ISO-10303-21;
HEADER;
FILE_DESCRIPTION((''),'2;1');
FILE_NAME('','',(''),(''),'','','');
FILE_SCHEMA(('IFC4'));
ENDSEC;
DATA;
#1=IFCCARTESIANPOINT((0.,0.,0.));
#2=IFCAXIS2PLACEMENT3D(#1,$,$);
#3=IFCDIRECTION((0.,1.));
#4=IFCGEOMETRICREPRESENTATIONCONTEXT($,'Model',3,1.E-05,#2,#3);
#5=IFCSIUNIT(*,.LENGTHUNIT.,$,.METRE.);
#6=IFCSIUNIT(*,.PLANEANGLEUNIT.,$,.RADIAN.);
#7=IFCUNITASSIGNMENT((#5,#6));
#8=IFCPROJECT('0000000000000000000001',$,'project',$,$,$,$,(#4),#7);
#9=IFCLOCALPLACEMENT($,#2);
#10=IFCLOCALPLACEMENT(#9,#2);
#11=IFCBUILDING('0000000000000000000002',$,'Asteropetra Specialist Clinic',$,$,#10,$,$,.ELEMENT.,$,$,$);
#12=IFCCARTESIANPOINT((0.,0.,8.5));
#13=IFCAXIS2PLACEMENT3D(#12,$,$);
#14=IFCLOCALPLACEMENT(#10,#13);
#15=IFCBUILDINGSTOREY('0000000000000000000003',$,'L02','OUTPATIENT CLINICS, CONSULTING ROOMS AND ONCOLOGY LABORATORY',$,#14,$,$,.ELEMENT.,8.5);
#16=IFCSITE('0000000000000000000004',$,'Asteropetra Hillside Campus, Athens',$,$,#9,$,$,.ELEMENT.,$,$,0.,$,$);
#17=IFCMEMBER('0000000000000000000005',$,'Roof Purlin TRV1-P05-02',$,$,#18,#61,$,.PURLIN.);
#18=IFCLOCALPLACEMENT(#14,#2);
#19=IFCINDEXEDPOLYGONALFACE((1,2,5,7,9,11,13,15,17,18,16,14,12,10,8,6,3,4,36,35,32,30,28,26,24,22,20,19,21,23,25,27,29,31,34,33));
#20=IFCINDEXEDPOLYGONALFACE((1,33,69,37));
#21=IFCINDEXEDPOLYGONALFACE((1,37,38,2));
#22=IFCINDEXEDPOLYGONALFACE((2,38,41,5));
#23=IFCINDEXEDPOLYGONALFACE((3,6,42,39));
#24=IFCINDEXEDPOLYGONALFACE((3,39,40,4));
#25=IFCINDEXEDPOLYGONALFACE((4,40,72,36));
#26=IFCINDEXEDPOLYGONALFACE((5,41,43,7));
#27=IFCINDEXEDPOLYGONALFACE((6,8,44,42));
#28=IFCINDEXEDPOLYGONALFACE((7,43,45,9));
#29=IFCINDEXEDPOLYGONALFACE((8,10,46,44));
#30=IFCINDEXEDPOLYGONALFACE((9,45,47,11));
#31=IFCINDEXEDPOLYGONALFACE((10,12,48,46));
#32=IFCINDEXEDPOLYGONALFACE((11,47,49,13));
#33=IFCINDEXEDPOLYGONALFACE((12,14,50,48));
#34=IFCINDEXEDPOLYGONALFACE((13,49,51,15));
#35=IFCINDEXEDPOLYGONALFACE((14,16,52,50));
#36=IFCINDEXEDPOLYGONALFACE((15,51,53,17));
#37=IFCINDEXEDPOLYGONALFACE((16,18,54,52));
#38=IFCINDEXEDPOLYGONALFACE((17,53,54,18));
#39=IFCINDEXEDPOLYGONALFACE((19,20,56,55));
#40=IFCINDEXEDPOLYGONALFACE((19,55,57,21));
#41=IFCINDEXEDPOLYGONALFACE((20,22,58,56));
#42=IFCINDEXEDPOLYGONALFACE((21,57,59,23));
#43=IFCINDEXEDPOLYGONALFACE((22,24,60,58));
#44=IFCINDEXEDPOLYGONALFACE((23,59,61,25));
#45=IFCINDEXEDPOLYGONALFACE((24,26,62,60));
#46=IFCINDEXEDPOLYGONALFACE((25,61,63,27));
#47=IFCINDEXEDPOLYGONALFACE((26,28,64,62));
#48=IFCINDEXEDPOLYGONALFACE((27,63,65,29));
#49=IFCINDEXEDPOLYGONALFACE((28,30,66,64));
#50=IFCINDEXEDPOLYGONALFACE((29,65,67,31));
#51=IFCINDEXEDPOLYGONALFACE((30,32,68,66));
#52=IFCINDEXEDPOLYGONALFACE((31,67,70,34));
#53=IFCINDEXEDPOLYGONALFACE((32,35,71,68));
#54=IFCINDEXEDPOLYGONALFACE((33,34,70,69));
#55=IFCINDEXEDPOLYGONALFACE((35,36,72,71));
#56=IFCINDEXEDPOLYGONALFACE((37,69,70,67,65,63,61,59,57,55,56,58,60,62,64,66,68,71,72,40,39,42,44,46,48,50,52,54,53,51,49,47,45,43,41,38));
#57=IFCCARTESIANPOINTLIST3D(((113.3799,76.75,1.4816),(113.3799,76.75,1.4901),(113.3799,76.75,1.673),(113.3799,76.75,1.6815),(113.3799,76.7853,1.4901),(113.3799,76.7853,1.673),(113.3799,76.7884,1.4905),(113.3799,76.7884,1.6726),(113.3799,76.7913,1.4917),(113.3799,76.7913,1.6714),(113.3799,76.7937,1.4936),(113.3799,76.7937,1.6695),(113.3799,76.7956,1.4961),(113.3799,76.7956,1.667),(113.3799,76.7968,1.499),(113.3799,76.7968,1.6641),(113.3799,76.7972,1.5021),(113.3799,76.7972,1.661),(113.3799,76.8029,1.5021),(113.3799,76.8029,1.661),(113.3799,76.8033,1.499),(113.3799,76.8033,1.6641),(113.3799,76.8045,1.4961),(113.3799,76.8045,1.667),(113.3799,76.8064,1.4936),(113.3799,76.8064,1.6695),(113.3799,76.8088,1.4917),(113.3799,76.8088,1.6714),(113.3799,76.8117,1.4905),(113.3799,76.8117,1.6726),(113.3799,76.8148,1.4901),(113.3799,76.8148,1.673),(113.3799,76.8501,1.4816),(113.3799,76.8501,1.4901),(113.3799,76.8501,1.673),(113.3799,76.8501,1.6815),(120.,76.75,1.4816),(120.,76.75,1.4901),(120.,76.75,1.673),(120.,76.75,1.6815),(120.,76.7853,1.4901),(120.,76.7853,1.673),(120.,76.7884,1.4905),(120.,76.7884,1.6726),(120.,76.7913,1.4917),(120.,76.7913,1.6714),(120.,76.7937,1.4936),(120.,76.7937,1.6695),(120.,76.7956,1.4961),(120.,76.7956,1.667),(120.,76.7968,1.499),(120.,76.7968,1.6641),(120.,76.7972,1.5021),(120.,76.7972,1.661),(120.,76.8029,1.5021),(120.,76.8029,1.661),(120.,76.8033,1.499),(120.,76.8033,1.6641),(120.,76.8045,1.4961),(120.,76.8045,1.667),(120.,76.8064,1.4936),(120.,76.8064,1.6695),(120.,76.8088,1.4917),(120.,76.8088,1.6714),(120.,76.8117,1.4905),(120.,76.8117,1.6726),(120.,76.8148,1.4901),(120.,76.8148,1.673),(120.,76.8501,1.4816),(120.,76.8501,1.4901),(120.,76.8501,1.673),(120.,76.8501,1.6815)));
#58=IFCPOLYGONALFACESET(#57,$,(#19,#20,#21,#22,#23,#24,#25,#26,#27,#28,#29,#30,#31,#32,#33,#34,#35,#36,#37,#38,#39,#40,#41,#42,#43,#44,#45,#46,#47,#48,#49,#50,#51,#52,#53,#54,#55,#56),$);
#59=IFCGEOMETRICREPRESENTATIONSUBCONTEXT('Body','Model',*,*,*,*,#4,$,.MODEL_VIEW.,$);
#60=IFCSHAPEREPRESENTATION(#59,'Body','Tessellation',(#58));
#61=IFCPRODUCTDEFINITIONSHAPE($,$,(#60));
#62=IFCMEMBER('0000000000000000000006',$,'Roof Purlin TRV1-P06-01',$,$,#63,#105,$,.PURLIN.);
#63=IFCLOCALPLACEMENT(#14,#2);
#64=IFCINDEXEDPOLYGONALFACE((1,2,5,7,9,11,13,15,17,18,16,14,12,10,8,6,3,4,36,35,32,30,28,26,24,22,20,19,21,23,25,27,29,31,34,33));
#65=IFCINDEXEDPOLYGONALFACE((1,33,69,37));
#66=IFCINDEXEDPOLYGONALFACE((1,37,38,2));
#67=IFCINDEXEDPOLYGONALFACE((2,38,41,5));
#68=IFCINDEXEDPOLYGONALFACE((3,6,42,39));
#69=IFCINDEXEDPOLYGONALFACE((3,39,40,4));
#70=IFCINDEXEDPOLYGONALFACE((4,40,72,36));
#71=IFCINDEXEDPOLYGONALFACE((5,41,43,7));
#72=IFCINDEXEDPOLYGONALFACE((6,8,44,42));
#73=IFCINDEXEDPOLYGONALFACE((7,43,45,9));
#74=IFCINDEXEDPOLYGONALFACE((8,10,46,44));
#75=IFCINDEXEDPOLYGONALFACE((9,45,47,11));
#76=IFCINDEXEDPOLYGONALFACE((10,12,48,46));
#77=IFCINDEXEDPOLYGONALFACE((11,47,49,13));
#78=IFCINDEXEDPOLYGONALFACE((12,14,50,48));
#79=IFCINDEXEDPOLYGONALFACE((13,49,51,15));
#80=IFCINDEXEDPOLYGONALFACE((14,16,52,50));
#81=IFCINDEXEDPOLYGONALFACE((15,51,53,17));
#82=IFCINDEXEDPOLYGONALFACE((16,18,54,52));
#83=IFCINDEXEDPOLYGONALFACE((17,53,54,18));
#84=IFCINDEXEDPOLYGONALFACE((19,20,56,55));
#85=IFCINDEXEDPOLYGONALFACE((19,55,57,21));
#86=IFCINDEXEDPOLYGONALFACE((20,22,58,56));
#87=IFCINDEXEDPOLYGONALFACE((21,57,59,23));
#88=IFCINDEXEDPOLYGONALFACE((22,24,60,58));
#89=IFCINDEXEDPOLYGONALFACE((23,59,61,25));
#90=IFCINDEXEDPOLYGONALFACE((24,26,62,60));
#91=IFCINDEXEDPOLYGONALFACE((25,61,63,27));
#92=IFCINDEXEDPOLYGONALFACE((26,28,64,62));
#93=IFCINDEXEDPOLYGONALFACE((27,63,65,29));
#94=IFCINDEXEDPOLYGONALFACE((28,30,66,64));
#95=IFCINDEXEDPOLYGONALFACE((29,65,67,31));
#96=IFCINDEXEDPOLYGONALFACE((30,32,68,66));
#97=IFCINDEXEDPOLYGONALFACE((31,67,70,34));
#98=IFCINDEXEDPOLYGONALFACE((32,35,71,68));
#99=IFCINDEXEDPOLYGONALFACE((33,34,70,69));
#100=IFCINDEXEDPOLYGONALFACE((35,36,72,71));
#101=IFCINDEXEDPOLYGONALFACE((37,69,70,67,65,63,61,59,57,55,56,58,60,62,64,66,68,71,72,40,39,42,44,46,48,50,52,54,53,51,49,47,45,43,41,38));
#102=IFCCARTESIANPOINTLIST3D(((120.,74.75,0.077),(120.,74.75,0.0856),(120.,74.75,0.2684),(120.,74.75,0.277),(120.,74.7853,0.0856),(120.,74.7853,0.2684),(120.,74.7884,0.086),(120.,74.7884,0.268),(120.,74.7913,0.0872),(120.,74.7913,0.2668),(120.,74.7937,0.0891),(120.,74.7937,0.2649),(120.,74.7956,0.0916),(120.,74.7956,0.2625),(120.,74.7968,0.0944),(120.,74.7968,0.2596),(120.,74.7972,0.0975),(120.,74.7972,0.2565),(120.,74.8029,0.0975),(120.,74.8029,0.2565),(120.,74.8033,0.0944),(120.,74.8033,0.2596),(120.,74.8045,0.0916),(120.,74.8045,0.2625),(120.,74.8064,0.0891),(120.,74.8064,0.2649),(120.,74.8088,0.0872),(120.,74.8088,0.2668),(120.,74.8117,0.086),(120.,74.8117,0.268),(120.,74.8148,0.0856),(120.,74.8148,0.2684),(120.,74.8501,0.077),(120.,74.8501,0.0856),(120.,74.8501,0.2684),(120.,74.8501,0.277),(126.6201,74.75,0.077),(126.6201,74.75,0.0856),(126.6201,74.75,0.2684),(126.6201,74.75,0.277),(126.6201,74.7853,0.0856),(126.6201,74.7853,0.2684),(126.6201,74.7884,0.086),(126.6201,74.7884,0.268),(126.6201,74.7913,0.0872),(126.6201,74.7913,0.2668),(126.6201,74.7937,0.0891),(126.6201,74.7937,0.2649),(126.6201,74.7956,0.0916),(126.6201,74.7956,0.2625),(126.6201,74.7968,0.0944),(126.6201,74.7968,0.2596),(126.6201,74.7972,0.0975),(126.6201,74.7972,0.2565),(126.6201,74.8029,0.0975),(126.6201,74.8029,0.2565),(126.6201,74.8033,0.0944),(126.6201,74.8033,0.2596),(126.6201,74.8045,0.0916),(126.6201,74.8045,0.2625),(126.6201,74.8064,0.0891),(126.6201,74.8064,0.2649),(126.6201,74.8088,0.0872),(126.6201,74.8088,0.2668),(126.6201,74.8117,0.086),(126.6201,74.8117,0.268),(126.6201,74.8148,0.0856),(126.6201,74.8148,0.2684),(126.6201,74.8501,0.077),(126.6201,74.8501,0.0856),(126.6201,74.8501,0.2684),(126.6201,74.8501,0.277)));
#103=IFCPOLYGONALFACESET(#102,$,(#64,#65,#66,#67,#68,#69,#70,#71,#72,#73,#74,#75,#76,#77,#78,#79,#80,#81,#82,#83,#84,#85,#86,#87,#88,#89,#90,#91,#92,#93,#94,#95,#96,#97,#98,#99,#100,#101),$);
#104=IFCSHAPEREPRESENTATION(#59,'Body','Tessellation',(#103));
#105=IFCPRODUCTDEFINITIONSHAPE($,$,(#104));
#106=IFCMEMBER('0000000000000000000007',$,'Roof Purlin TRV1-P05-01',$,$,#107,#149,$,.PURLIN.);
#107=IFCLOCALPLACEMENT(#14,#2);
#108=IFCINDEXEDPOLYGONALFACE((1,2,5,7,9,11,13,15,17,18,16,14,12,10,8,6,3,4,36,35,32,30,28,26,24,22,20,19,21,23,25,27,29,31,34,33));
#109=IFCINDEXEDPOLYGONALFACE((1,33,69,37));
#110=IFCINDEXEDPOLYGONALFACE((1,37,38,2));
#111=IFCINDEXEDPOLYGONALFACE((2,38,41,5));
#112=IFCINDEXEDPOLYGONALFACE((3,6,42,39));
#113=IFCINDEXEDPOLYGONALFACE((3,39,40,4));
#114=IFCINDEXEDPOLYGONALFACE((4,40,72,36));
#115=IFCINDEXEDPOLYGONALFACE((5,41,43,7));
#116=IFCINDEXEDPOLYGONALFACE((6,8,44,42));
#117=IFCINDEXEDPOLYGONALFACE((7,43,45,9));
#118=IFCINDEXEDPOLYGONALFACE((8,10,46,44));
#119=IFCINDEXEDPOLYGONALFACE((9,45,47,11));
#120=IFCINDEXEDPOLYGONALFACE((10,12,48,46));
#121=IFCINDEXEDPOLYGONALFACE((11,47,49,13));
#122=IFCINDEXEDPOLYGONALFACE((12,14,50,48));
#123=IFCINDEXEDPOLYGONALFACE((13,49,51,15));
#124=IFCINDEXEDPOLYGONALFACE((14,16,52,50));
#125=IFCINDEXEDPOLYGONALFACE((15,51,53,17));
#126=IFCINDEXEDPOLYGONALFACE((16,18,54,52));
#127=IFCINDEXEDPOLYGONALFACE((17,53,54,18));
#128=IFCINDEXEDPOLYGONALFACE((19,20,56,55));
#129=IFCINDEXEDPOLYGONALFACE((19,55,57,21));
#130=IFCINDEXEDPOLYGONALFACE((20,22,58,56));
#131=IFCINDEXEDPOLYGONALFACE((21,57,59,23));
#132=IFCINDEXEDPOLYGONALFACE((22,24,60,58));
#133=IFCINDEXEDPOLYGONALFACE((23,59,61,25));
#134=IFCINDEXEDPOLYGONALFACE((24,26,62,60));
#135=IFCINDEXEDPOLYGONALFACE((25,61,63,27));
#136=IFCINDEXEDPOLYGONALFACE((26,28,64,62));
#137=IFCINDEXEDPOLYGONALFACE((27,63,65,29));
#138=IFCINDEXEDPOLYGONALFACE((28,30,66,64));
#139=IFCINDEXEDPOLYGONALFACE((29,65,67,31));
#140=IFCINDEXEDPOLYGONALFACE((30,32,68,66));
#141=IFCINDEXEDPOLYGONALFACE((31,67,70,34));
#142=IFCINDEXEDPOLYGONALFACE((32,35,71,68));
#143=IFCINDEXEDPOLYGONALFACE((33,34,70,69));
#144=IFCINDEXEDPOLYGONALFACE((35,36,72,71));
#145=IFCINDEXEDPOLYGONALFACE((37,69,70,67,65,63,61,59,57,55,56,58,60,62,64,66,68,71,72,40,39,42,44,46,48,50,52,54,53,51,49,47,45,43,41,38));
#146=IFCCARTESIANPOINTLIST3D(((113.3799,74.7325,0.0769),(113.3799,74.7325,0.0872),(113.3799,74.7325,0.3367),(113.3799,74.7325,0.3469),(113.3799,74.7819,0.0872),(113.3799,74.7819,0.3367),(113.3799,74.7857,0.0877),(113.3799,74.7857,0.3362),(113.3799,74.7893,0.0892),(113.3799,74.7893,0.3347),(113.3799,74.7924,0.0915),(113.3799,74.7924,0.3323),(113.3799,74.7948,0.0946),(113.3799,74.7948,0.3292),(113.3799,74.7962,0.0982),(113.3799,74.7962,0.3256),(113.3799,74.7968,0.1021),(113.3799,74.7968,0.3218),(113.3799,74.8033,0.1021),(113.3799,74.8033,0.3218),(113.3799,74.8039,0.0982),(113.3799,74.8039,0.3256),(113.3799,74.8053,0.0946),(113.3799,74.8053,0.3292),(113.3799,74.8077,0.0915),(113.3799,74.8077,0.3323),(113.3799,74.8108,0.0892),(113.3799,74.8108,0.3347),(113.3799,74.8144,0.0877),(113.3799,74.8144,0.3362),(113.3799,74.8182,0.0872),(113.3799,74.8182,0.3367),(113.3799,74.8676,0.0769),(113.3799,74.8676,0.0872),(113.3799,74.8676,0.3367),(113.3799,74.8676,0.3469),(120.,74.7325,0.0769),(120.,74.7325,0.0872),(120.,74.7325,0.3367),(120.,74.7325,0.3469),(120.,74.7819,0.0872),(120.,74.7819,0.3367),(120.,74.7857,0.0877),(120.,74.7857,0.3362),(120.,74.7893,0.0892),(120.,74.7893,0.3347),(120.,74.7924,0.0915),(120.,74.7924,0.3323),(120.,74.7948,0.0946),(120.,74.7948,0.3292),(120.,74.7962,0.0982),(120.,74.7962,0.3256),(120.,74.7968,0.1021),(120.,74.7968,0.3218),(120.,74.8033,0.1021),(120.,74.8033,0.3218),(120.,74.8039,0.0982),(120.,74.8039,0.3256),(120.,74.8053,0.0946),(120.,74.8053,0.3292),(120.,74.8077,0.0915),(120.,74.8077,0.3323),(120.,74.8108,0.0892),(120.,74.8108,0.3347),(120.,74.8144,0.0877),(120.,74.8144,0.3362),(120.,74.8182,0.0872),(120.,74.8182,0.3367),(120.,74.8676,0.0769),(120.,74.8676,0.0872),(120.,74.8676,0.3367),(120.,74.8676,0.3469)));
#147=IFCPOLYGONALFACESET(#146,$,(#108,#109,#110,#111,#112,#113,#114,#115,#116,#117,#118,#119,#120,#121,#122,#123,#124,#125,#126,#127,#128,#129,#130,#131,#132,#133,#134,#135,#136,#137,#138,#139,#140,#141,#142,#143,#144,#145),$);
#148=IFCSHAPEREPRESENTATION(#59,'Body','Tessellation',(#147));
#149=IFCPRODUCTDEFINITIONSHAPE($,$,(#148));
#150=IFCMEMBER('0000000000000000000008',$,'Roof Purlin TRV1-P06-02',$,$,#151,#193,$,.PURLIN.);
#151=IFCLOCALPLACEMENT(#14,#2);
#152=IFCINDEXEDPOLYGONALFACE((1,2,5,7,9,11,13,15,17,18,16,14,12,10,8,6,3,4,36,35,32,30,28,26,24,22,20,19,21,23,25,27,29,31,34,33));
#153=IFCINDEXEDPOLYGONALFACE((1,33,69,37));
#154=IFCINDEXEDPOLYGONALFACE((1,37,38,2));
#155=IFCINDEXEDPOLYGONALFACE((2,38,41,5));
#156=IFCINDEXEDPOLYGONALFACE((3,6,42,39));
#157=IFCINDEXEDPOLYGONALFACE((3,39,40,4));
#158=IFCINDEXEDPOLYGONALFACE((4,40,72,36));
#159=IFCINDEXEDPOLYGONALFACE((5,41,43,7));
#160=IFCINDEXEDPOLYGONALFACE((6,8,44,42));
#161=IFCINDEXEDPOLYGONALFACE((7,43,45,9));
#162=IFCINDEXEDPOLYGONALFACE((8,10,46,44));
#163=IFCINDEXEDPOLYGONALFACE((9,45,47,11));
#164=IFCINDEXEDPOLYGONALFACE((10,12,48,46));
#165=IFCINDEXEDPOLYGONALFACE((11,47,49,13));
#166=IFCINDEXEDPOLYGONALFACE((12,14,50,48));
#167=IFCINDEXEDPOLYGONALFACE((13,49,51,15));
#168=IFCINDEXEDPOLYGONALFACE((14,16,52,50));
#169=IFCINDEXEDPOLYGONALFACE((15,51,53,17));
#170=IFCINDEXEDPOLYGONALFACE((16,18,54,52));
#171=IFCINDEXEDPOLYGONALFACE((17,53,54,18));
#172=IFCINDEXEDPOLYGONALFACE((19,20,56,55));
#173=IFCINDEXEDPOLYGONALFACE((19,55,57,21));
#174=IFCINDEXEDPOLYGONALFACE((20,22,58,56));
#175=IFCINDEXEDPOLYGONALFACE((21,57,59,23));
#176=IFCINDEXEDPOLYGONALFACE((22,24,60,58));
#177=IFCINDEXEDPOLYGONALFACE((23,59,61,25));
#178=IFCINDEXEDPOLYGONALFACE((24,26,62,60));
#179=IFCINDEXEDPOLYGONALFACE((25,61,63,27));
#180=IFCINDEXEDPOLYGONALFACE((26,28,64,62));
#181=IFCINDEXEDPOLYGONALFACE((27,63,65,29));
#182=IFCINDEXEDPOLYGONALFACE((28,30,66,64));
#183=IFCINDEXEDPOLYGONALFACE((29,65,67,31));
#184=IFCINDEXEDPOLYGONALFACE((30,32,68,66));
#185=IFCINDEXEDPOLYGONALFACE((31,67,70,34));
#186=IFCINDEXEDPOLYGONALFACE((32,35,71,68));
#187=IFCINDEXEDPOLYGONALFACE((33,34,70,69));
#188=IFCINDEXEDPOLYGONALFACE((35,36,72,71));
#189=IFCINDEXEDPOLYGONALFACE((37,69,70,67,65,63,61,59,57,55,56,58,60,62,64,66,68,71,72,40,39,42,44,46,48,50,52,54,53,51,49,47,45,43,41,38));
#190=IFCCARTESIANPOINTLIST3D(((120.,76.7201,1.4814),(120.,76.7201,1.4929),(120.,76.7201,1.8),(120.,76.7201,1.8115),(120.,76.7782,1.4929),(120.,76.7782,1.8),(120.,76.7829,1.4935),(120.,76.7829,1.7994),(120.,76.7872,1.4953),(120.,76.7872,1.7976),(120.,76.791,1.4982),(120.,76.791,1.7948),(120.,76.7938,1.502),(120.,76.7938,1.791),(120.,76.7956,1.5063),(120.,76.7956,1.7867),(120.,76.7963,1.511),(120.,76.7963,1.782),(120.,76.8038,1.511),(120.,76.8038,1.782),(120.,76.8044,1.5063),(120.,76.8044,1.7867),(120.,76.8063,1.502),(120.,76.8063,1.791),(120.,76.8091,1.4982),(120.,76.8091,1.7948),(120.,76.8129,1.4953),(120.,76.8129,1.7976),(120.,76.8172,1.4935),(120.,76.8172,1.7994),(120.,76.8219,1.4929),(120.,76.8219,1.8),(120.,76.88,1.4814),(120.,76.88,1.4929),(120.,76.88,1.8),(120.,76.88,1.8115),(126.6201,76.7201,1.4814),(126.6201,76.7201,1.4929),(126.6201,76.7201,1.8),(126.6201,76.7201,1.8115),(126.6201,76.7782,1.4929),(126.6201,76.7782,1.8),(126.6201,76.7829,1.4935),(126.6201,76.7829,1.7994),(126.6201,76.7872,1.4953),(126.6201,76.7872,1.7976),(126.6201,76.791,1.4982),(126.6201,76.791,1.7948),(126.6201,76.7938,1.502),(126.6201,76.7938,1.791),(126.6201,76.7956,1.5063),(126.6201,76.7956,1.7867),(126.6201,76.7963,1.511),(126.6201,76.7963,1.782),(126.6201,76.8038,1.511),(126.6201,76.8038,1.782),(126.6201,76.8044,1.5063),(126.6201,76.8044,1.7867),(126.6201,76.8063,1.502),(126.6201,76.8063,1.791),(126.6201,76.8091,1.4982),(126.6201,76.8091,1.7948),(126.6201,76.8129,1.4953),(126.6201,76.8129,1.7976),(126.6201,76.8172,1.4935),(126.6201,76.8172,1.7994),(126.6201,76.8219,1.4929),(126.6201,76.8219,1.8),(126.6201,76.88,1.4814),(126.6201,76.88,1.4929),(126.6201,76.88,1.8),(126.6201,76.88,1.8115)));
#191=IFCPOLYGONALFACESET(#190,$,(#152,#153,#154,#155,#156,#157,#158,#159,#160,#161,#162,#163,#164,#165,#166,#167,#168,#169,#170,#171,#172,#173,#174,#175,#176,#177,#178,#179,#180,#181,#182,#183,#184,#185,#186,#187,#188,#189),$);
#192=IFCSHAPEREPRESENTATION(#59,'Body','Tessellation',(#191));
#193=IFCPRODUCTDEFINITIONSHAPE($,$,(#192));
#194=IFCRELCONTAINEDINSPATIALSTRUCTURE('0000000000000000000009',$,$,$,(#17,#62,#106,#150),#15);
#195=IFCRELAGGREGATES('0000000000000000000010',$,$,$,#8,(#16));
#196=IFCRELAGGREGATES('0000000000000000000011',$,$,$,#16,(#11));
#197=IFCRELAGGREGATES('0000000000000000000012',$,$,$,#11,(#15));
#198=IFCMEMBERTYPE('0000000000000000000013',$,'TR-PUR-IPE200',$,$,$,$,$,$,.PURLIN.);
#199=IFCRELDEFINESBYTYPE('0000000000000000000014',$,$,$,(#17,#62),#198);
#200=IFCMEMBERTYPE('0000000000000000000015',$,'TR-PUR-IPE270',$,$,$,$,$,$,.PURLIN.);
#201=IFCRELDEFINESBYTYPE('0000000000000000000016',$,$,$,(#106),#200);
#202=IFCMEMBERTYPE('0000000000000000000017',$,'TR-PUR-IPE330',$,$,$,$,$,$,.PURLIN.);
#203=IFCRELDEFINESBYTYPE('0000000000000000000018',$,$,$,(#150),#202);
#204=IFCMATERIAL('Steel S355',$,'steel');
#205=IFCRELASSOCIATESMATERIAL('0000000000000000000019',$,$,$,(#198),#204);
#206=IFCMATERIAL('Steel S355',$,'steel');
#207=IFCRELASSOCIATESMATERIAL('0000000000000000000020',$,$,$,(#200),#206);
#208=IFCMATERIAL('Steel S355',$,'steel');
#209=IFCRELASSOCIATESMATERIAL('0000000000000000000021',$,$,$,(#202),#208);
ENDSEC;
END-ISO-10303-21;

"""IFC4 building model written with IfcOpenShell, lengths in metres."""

from ifc_helpers import new_model, si_unit, direction, frame, origin, origin_2d, place, context, subcontext, project, spatial, i_section, extrude, material, material_profile, profile_set, type_object, element, save


model = new_model("IFC4")

# Units and contexts
model_context = context("Model", 3, precision=1e-05, world=origin(), true_north=direction((0.0, 1.0)))
body_context = subcontext(model_context, "Body", "Model", "MODEL_VIEW")
ifc_project = project(units=[si_unit("LENGTHUNIT", "METRE"), si_unit("PLANEANGLEUNIT", "RADIAN")], contexts=[model_context])

# Site, building, storey
site_placement = place(None, origin())
site = spatial("IfcSite", under=ifc_project, at=site_placement, Name="Asteropetra Hillside Campus, Athens", CompositionType="ELEMENT", RefElevation=0.0)
building_placement = place(site_placement, origin())
building = spatial("IfcBuilding", under=site, at=building_placement, Name="Asteropetra Specialist Clinic", CompositionType="ELEMENT")
storey_placement = place(building_placement, frame((0.0, 0.0, 8.5)))
storey = spatial("IfcBuildingStorey", under=building, at=storey_placement, Name="L02", Description="OUTPATIENT CLINICS, CONSULTING ROOMS AND ONCOLOGY LABORATORY", CompositionType="ELEMENT", Elevation=8.5)

# Members
ifc_material_1 = material(Name="Steel S355", Category="steel")
ifc_material_profile_1 = material_profile(ifc_material_1, i_section(OverallWidth=0.1001, OverallDepth=0.2, WebThickness=0.0056, FlangeThickness=0.0085, FilletRadius=0.012, at=origin_2d()), Name="IPE 200")
ifc_profile_set_1 = profile_set([ifc_material_profile_1], Name="Steel S355")
member_type_1 = type_object("IfcMemberType", Name="TR-PUR-IPE200", PredefinedType="PURLIN", material=ifc_profile_set_1)
for number, where, z_axis, x_axis, name in (
    (1, (113.3799, 76.8, 1.5815), (1.0, 0.0, 0.0), (0.0, 1.0, 0.0), "Roof Purlin TRV1-P05-02"),
    (2, (120.0, 74.8, 0.177), (1.0, 0.0, 0.0), (0.0, 1.0, 0.0), "Roof Purlin TRV1-P06-01"),
):
    element("IfcMember", number, at=place(storey_placement, frame(where, z_axis=z_axis, x_axis=x_axis)), inside=storey, type_object=member_type_1, Name=name, PredefinedType="PURLIN", context=body_context, shape_type="SweptSolid", body=[
        extrude(i_section(OverallWidth=0.1001, OverallDepth=0.2, WebThickness=0.0056, FlangeThickness=0.0085, FilletRadius=0.012, at=origin_2d()), origin(), (0.0, 0.0, 1.0), 6.6201),
    ])
ifc_material_2 = material(Name="Steel S355", Category="steel")
ifc_material_profile_2 = material_profile(ifc_material_2, i_section(OverallWidth=0.135, OverallDepth=0.27, WebThickness=0.0066, FlangeThickness=0.0103, FilletRadius=0.0149, at=origin_2d()), Name="IPE 270")
ifc_profile_set_2 = profile_set([ifc_material_profile_2], Name="Steel S355")
member_type_2 = type_object("IfcMemberType", Name="TR-PUR-IPE270", PredefinedType="PURLIN", material=ifc_profile_set_2)
member_1_placement = place(storey_placement, frame((113.3799, 74.8, 0.2119), z_axis=(1.0, 0.0, 0.0), x_axis=(0.0, 1.0, 0.0)))
element("IfcMember", 3, at=member_1_placement, inside=storey, type_object=member_type_2, Name="Roof Purlin TRV1-P05-01", PredefinedType="PURLIN", context=body_context, shape_type="SweptSolid", body=[
    extrude(i_section(OverallWidth=0.135, OverallDepth=0.27, WebThickness=0.0066, FlangeThickness=0.0103, FilletRadius=0.0149, at=origin_2d()), origin(), (0.0, 0.0, 1.0), 6.6201),
])
ifc_material_3 = material(Name="Steel S355", Category="steel")
ifc_material_profile_3 = material_profile(ifc_material_3, i_section(OverallWidth=0.1599, OverallDepth=0.3301, WebThickness=0.0076, FlangeThickness=0.0115, FilletRadius=0.0181, at=origin_2d()), Name="IPE 330")
ifc_profile_set_3 = profile_set([ifc_material_profile_3], Name="Steel S355")
member_type_3 = type_object("IfcMemberType", Name="TR-PUR-IPE330", PredefinedType="PURLIN", material=ifc_profile_set_3)
member_2_placement = place(storey_placement, frame((120.0, 76.8, 1.6465), z_axis=(1.0, 0.0, 0.0), x_axis=(0.0, 1.0, 0.0)))
element("IfcMember", 4, at=member_2_placement, inside=storey, type_object=member_type_3, Name="Roof Purlin TRV1-P06-02", PredefinedType="PURLIN", context=body_context, shape_type="SweptSolid", body=[
    extrude(i_section(OverallWidth=0.1599, OverallDepth=0.3301, WebThickness=0.0076, FlangeThickness=0.0115, FilletRadius=0.0181, at=origin_2d()), origin(), (0.0, 0.0, 1.0), 6.6201),
])

save(model, "model.ifc")
